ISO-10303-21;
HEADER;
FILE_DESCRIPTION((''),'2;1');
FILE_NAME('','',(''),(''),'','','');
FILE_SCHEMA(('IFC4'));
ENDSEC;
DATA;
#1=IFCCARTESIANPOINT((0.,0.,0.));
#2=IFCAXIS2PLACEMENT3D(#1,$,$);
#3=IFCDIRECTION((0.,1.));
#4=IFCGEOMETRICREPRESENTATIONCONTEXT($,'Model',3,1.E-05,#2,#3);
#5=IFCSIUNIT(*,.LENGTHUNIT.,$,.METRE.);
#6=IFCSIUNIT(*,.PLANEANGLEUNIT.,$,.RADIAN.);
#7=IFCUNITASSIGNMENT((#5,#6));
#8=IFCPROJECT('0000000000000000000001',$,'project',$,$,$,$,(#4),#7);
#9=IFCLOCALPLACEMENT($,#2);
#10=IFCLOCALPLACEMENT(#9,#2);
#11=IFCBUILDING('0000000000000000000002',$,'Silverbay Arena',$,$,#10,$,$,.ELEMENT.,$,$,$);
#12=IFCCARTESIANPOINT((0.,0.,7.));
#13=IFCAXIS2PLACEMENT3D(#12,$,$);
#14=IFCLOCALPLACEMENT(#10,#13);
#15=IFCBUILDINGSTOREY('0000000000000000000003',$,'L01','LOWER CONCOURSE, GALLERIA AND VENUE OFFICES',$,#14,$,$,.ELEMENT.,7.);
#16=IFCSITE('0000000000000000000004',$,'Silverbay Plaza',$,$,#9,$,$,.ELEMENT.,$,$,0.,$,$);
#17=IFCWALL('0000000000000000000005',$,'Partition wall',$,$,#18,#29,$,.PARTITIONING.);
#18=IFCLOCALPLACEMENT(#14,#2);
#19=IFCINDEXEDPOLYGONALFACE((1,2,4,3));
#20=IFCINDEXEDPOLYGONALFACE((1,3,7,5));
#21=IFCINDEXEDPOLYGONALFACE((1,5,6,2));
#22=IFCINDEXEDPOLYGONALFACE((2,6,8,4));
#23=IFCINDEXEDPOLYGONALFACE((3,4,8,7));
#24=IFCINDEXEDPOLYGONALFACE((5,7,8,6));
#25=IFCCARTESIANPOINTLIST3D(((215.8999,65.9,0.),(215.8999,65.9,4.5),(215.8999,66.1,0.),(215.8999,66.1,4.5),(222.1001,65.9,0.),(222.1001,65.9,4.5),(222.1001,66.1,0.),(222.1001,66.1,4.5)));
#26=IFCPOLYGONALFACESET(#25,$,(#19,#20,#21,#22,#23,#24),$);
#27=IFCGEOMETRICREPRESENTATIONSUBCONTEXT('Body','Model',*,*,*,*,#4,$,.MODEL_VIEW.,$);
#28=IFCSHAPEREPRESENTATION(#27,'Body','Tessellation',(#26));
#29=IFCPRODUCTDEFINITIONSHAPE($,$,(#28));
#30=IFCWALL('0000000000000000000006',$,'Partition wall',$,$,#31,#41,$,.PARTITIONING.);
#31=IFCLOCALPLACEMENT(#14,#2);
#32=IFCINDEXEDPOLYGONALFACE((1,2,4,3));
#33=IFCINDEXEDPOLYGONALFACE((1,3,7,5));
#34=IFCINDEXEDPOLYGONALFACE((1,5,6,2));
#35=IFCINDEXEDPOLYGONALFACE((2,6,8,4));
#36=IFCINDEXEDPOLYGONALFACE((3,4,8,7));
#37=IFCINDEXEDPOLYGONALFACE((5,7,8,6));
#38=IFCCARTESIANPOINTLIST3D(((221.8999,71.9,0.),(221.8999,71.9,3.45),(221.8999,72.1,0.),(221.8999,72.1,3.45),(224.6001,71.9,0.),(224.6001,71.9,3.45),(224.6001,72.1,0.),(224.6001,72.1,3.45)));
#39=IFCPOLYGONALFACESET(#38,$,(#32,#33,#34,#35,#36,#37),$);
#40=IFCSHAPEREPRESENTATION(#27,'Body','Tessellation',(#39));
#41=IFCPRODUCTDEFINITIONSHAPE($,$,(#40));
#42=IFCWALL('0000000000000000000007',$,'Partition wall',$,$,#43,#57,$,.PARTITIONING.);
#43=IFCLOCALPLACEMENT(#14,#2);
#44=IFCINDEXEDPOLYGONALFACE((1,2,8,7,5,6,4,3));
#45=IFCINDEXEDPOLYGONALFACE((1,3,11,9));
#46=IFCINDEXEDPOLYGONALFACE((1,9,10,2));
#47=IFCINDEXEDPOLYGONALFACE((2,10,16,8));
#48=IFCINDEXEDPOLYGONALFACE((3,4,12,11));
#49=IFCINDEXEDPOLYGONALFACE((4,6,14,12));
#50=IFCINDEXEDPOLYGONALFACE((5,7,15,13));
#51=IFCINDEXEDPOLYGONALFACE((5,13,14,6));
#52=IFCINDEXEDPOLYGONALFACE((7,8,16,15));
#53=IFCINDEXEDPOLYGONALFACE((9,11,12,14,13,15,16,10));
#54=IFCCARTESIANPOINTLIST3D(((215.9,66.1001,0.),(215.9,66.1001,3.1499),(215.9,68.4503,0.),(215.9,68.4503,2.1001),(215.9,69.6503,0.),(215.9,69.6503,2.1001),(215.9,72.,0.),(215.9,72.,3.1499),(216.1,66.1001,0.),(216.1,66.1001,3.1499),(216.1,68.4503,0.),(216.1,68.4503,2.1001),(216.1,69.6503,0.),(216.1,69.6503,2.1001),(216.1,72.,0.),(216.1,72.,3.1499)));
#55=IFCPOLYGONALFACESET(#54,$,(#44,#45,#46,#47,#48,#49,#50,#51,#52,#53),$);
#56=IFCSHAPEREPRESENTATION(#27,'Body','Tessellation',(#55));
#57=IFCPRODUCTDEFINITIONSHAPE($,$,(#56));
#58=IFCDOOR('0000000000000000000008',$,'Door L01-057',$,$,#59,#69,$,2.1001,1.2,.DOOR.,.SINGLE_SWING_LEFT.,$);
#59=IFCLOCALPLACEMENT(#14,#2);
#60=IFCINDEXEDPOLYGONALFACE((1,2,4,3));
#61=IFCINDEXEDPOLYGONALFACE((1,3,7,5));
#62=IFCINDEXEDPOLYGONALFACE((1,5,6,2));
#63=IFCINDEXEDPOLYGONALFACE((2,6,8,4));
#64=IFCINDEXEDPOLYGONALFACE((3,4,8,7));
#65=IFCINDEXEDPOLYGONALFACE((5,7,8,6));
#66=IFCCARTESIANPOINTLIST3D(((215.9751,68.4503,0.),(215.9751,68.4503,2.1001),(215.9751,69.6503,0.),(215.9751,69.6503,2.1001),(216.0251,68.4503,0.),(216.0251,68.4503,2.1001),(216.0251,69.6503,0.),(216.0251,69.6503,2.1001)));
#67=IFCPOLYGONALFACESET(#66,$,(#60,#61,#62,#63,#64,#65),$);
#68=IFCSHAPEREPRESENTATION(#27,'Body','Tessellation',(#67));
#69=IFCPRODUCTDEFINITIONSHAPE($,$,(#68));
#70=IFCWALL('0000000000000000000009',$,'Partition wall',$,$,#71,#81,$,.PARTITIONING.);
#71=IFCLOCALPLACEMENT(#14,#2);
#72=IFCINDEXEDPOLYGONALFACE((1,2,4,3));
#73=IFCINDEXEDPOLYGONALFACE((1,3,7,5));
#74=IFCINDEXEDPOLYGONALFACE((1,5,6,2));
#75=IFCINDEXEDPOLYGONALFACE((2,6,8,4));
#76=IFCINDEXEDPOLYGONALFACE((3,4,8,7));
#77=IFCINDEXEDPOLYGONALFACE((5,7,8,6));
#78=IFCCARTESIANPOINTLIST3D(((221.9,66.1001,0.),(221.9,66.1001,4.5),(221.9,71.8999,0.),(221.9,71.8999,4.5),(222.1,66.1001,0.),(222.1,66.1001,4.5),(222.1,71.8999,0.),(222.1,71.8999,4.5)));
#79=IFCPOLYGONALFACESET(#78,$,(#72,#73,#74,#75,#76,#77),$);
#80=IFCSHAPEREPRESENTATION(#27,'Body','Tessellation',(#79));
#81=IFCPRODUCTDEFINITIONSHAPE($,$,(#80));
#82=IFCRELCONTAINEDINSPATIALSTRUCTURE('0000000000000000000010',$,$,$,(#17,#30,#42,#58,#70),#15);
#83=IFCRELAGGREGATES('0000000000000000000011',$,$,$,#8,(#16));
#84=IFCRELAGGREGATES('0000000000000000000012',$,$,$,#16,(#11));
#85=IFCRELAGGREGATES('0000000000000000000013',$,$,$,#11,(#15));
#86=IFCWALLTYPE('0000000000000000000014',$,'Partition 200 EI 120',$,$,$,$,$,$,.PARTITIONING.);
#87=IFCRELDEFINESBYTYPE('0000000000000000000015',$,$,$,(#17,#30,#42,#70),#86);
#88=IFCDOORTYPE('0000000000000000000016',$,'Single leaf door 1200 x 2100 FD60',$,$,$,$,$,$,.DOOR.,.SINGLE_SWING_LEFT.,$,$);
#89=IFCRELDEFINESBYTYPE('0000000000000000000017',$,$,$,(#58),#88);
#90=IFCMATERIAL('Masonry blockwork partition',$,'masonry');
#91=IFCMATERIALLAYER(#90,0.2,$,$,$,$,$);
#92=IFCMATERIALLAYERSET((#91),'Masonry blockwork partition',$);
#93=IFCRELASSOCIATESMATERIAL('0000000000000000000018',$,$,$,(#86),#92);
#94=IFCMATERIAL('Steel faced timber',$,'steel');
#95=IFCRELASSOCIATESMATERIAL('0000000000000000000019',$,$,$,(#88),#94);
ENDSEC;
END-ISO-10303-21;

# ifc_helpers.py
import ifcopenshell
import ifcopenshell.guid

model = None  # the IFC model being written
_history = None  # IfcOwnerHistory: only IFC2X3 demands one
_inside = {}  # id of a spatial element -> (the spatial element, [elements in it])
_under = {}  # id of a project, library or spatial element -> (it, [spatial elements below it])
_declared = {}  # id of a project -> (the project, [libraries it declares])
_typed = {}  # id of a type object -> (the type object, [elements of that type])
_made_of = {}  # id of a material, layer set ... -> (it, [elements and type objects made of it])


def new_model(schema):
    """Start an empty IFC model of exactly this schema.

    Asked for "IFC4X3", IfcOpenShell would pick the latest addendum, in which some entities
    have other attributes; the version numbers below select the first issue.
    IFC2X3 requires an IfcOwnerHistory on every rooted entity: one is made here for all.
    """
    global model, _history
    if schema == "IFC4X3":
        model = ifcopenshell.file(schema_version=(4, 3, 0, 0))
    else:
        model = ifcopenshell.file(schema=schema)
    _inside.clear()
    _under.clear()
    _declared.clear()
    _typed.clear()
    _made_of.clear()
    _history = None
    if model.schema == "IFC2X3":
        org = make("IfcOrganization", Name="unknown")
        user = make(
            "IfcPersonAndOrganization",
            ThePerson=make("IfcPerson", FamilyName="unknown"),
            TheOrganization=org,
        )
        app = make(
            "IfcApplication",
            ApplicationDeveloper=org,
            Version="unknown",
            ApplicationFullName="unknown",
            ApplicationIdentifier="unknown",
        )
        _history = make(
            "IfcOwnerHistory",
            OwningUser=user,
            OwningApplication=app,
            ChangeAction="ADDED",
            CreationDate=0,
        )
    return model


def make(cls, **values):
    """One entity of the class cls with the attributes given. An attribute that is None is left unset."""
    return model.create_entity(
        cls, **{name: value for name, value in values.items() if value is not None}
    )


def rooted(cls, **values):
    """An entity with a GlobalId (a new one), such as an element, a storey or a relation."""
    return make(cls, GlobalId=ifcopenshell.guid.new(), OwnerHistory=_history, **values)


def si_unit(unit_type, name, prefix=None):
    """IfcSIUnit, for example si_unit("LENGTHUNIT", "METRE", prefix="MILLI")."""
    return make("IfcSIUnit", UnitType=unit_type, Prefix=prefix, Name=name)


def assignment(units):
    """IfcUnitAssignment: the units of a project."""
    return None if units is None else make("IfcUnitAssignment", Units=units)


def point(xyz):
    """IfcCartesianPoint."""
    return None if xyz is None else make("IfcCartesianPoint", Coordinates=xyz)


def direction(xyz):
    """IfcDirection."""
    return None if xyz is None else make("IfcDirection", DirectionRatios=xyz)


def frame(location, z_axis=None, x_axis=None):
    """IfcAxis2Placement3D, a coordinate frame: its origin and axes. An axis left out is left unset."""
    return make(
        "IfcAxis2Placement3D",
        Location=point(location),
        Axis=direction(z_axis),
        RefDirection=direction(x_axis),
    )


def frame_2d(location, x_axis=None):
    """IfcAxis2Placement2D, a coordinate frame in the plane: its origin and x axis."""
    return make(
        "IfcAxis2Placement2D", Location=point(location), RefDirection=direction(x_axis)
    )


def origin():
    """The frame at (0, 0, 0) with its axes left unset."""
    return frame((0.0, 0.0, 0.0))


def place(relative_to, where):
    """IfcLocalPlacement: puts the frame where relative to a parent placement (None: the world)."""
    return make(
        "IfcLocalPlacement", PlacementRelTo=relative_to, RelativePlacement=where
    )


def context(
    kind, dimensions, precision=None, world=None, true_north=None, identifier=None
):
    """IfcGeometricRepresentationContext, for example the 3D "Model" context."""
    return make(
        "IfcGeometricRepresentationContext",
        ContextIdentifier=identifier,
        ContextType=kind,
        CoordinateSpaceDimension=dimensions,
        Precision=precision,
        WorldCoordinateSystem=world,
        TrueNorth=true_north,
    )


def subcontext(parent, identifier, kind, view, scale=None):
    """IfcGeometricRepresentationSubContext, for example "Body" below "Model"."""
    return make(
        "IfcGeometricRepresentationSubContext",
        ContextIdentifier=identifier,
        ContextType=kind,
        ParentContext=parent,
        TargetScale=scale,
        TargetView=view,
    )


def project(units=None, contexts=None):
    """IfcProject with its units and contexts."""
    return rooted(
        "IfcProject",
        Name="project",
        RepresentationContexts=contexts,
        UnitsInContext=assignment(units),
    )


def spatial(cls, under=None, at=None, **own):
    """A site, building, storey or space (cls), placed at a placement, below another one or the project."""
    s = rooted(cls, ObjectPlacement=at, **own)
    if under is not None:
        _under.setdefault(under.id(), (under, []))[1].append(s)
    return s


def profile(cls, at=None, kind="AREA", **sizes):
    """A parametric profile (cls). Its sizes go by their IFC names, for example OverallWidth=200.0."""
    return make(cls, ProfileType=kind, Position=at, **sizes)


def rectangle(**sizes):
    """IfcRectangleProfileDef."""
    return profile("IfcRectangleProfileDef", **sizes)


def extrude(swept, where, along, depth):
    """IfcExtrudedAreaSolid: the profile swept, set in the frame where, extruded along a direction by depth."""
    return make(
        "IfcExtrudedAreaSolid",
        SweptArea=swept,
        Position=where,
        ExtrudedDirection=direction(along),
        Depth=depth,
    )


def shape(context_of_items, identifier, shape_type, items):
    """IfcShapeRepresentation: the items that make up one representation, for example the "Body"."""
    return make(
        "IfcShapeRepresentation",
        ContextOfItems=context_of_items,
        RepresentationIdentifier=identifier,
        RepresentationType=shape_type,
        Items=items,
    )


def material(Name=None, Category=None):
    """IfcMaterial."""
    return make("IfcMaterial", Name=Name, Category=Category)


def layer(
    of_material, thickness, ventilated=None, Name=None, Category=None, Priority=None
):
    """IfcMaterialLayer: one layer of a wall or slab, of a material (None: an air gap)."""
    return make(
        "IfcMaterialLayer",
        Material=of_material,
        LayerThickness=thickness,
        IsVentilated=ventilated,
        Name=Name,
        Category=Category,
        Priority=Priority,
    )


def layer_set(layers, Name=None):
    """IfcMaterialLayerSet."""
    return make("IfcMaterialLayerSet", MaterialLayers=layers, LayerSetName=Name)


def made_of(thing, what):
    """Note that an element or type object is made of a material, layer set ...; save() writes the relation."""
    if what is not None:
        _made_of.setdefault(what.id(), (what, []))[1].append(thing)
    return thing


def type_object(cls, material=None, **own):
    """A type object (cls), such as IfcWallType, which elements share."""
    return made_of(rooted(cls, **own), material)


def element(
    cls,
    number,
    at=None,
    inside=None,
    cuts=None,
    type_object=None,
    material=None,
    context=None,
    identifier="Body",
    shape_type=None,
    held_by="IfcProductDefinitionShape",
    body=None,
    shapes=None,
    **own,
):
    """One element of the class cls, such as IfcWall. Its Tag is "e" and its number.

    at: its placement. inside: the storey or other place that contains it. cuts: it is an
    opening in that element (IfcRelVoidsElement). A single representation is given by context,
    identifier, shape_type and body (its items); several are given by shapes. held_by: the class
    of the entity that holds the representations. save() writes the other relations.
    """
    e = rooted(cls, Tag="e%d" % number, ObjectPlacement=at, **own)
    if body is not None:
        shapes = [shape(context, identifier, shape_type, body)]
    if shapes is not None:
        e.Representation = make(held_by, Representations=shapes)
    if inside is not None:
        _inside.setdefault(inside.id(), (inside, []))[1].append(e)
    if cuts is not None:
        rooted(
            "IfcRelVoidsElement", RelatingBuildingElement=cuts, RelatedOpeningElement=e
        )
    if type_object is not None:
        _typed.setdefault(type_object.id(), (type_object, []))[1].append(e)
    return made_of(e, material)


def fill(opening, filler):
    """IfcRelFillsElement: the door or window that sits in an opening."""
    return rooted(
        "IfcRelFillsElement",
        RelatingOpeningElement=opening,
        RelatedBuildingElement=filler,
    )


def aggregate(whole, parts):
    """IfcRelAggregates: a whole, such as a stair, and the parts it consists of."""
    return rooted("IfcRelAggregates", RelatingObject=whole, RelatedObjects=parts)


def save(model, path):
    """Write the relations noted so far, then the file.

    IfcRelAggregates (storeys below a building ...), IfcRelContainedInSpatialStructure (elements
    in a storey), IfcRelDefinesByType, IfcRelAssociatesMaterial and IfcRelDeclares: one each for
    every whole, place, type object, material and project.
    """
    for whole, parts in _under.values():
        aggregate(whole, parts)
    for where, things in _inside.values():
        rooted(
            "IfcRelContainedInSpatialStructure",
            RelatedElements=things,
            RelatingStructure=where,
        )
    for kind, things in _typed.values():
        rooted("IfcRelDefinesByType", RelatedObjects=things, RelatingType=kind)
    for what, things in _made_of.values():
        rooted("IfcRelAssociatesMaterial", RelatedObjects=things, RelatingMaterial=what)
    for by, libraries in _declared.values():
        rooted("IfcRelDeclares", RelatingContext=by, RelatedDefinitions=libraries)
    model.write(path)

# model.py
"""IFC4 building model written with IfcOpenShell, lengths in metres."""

from ifc_helpers import new_model, si_unit, direction, frame, frame_2d, origin, place, context, subcontext, project, spatial, rectangle, extrude, material, layer, layer_set, type_object, element, fill, save


model = new_model("IFC4")

# Units and contexts
model_context = context("Model", 3, precision=1e-05, world=origin(), true_north=direction((0.0, 1.0)))
body_context = subcontext(model_context, "Body", "Model", "MODEL_VIEW")
ifc_project = project(units=[si_unit("LENGTHUNIT", "METRE"), si_unit("PLANEANGLEUNIT", "RADIAN")], contexts=[model_context])

# Site, building, storey
site_placement = place(None, origin())
site = spatial("IfcSite", under=ifc_project, at=site_placement, Name="Silverbay Plaza", CompositionType="ELEMENT", RefElevation=0.0)
building_placement = place(site_placement, origin())
building = spatial("IfcBuilding", under=site, at=building_placement, Name="Silverbay Arena", CompositionType="ELEMENT")
storey_placement = place(building_placement, frame((0.0, 0.0, 7.0)))
storey = spatial("IfcBuildingStorey", under=building, at=storey_placement, Name="L01", Description="LOWER CONCOURSE, GALLERIA AND VENUE OFFICES", CompositionType="ELEMENT", Elevation=7.0)

# Walls
ifc_material_1 = material(Name="Masonry blockwork partition", Category="masonry")
ifc_layer_1 = layer(ifc_material_1, 0.2)
ifc_layer_set_1 = layer_set([ifc_layer_1], Name="Masonry blockwork partition")
wall_type_1 = type_object("IfcWallType", Name="Partition 200 EI 120", PredefinedType="PARTITIONING", material=ifc_layer_set_1)
wall_1_placement = place(storey_placement, frame((215.8999, 66.0, 0.0), z_axis=(0.0, 0.0, 1.0), x_axis=(1.0, 0.0, 0.0)))
element("IfcWall", 1, at=wall_1_placement, inside=storey, type_object=wall_type_1, Name="Partition wall", PredefinedType="PARTITIONING", context=body_context, shape_type="SweptSolid", body=[
    extrude(rectangle(XDim=6.2002, YDim=0.2, at=frame_2d((3.1001, 0.0))), origin(), (0.0, 0.0, 1.0), 4.5),
])
wall_2_placement = place(storey_placement, frame((221.8999, 72.0, 0.0), z_axis=(0.0, 0.0, 1.0), x_axis=(1.0, 0.0, 0.0)))
element("IfcWall", 2, at=wall_2_placement, inside=storey, type_object=wall_type_1, Name="Partition wall", PredefinedType="PARTITIONING", context=body_context, shape_type="SweptSolid", body=[
    extrude(rectangle(XDim=2.7002, YDim=0.2, at=frame_2d((1.3501, 0.0))), origin(), (0.0, 0.0, 1.0), 3.45),
])

# Wall, opening, door
wall_3_placement = place(storey_placement, frame((216.0, 66.1001, 0.0), z_axis=(0.0, 0.0, 1.0), x_axis=(0.0, 1.0, 0.0)))
wall_3 = element("IfcWall", 3, at=wall_3_placement, inside=storey, type_object=wall_type_1, Name="Partition wall", PredefinedType="PARTITIONING", context=body_context, shape_type="SweptSolid", body=[
    extrude(rectangle(XDim=5.8999, YDim=0.2, at=frame_2d((2.95, 0.0))), origin(), (0.0, 0.0, 1.0), 3.1499),
])
opening_1_placement = place(wall_3_placement, frame((2.3501, 0.0, 0.0)))
opening_1 = element("IfcOpeningElement", 4, at=opening_1_placement, cuts=wall_3, PredefinedType="OPENING", context=body_context, shape_type="SweptSolid", body=[
    extrude(rectangle(XDim=1.2, YDim=2.1001, at=frame_2d((0.6001, 1.05))), frame((0.0, 0.1099, 0.0), z_axis=(0.0, -1.0, 0.0), x_axis=(1.0, 0.0, 0.0)), (0.0, 0.0, 1.0), 0.22),
])
ifc_material_2 = material(Name="Steel faced timber", Category="steel")
door_type_1 = type_object("IfcDoorType", Name="Single leaf door 1200 x 2100 FD60", OperationType="SINGLE_SWING_LEFT", PredefinedType="DOOR", material=ifc_material_2)
door_1_placement = place(opening_1_placement, origin())
door_1 = element("IfcDoor", 5, at=door_1_placement, inside=storey, type_object=door_type_1, Name="Door L01-057", OperationType="SINGLE_SWING_LEFT", OverallHeight=2.1001, OverallWidth=1.2, PredefinedType="DOOR", context=body_context, shape_type="SweptSolid", body=[
    extrude(rectangle(XDim=1.2, YDim=2.1001, at=frame_2d((0.6001, 1.05))), frame((0.0, 0.0249, 0.0), z_axis=(0.0, -1.0, 0.0), x_axis=(1.0, 0.0, 0.0)), (0.0, 0.0, 1.0), 0.05),
])
fill(opening_1, door_1)

# Wall
wall_4_placement = place(storey_placement, frame((222.0, 66.1001, 0.0), z_axis=(0.0, 0.0, 1.0), x_axis=(0.0, 1.0, 0.0)))
element("IfcWall", 6, at=wall_4_placement, inside=storey, type_object=wall_type_1, Name="Partition wall", PredefinedType="PARTITIONING", context=body_context, shape_type="SweptSolid", body=[
    extrude(rectangle(XDim=5.7998, YDim=0.2, at=frame_2d((2.8999, 0.0))), origin(), (0.0, 0.0, 1.0), 4.5),
])

save(model, "model.ifc")
